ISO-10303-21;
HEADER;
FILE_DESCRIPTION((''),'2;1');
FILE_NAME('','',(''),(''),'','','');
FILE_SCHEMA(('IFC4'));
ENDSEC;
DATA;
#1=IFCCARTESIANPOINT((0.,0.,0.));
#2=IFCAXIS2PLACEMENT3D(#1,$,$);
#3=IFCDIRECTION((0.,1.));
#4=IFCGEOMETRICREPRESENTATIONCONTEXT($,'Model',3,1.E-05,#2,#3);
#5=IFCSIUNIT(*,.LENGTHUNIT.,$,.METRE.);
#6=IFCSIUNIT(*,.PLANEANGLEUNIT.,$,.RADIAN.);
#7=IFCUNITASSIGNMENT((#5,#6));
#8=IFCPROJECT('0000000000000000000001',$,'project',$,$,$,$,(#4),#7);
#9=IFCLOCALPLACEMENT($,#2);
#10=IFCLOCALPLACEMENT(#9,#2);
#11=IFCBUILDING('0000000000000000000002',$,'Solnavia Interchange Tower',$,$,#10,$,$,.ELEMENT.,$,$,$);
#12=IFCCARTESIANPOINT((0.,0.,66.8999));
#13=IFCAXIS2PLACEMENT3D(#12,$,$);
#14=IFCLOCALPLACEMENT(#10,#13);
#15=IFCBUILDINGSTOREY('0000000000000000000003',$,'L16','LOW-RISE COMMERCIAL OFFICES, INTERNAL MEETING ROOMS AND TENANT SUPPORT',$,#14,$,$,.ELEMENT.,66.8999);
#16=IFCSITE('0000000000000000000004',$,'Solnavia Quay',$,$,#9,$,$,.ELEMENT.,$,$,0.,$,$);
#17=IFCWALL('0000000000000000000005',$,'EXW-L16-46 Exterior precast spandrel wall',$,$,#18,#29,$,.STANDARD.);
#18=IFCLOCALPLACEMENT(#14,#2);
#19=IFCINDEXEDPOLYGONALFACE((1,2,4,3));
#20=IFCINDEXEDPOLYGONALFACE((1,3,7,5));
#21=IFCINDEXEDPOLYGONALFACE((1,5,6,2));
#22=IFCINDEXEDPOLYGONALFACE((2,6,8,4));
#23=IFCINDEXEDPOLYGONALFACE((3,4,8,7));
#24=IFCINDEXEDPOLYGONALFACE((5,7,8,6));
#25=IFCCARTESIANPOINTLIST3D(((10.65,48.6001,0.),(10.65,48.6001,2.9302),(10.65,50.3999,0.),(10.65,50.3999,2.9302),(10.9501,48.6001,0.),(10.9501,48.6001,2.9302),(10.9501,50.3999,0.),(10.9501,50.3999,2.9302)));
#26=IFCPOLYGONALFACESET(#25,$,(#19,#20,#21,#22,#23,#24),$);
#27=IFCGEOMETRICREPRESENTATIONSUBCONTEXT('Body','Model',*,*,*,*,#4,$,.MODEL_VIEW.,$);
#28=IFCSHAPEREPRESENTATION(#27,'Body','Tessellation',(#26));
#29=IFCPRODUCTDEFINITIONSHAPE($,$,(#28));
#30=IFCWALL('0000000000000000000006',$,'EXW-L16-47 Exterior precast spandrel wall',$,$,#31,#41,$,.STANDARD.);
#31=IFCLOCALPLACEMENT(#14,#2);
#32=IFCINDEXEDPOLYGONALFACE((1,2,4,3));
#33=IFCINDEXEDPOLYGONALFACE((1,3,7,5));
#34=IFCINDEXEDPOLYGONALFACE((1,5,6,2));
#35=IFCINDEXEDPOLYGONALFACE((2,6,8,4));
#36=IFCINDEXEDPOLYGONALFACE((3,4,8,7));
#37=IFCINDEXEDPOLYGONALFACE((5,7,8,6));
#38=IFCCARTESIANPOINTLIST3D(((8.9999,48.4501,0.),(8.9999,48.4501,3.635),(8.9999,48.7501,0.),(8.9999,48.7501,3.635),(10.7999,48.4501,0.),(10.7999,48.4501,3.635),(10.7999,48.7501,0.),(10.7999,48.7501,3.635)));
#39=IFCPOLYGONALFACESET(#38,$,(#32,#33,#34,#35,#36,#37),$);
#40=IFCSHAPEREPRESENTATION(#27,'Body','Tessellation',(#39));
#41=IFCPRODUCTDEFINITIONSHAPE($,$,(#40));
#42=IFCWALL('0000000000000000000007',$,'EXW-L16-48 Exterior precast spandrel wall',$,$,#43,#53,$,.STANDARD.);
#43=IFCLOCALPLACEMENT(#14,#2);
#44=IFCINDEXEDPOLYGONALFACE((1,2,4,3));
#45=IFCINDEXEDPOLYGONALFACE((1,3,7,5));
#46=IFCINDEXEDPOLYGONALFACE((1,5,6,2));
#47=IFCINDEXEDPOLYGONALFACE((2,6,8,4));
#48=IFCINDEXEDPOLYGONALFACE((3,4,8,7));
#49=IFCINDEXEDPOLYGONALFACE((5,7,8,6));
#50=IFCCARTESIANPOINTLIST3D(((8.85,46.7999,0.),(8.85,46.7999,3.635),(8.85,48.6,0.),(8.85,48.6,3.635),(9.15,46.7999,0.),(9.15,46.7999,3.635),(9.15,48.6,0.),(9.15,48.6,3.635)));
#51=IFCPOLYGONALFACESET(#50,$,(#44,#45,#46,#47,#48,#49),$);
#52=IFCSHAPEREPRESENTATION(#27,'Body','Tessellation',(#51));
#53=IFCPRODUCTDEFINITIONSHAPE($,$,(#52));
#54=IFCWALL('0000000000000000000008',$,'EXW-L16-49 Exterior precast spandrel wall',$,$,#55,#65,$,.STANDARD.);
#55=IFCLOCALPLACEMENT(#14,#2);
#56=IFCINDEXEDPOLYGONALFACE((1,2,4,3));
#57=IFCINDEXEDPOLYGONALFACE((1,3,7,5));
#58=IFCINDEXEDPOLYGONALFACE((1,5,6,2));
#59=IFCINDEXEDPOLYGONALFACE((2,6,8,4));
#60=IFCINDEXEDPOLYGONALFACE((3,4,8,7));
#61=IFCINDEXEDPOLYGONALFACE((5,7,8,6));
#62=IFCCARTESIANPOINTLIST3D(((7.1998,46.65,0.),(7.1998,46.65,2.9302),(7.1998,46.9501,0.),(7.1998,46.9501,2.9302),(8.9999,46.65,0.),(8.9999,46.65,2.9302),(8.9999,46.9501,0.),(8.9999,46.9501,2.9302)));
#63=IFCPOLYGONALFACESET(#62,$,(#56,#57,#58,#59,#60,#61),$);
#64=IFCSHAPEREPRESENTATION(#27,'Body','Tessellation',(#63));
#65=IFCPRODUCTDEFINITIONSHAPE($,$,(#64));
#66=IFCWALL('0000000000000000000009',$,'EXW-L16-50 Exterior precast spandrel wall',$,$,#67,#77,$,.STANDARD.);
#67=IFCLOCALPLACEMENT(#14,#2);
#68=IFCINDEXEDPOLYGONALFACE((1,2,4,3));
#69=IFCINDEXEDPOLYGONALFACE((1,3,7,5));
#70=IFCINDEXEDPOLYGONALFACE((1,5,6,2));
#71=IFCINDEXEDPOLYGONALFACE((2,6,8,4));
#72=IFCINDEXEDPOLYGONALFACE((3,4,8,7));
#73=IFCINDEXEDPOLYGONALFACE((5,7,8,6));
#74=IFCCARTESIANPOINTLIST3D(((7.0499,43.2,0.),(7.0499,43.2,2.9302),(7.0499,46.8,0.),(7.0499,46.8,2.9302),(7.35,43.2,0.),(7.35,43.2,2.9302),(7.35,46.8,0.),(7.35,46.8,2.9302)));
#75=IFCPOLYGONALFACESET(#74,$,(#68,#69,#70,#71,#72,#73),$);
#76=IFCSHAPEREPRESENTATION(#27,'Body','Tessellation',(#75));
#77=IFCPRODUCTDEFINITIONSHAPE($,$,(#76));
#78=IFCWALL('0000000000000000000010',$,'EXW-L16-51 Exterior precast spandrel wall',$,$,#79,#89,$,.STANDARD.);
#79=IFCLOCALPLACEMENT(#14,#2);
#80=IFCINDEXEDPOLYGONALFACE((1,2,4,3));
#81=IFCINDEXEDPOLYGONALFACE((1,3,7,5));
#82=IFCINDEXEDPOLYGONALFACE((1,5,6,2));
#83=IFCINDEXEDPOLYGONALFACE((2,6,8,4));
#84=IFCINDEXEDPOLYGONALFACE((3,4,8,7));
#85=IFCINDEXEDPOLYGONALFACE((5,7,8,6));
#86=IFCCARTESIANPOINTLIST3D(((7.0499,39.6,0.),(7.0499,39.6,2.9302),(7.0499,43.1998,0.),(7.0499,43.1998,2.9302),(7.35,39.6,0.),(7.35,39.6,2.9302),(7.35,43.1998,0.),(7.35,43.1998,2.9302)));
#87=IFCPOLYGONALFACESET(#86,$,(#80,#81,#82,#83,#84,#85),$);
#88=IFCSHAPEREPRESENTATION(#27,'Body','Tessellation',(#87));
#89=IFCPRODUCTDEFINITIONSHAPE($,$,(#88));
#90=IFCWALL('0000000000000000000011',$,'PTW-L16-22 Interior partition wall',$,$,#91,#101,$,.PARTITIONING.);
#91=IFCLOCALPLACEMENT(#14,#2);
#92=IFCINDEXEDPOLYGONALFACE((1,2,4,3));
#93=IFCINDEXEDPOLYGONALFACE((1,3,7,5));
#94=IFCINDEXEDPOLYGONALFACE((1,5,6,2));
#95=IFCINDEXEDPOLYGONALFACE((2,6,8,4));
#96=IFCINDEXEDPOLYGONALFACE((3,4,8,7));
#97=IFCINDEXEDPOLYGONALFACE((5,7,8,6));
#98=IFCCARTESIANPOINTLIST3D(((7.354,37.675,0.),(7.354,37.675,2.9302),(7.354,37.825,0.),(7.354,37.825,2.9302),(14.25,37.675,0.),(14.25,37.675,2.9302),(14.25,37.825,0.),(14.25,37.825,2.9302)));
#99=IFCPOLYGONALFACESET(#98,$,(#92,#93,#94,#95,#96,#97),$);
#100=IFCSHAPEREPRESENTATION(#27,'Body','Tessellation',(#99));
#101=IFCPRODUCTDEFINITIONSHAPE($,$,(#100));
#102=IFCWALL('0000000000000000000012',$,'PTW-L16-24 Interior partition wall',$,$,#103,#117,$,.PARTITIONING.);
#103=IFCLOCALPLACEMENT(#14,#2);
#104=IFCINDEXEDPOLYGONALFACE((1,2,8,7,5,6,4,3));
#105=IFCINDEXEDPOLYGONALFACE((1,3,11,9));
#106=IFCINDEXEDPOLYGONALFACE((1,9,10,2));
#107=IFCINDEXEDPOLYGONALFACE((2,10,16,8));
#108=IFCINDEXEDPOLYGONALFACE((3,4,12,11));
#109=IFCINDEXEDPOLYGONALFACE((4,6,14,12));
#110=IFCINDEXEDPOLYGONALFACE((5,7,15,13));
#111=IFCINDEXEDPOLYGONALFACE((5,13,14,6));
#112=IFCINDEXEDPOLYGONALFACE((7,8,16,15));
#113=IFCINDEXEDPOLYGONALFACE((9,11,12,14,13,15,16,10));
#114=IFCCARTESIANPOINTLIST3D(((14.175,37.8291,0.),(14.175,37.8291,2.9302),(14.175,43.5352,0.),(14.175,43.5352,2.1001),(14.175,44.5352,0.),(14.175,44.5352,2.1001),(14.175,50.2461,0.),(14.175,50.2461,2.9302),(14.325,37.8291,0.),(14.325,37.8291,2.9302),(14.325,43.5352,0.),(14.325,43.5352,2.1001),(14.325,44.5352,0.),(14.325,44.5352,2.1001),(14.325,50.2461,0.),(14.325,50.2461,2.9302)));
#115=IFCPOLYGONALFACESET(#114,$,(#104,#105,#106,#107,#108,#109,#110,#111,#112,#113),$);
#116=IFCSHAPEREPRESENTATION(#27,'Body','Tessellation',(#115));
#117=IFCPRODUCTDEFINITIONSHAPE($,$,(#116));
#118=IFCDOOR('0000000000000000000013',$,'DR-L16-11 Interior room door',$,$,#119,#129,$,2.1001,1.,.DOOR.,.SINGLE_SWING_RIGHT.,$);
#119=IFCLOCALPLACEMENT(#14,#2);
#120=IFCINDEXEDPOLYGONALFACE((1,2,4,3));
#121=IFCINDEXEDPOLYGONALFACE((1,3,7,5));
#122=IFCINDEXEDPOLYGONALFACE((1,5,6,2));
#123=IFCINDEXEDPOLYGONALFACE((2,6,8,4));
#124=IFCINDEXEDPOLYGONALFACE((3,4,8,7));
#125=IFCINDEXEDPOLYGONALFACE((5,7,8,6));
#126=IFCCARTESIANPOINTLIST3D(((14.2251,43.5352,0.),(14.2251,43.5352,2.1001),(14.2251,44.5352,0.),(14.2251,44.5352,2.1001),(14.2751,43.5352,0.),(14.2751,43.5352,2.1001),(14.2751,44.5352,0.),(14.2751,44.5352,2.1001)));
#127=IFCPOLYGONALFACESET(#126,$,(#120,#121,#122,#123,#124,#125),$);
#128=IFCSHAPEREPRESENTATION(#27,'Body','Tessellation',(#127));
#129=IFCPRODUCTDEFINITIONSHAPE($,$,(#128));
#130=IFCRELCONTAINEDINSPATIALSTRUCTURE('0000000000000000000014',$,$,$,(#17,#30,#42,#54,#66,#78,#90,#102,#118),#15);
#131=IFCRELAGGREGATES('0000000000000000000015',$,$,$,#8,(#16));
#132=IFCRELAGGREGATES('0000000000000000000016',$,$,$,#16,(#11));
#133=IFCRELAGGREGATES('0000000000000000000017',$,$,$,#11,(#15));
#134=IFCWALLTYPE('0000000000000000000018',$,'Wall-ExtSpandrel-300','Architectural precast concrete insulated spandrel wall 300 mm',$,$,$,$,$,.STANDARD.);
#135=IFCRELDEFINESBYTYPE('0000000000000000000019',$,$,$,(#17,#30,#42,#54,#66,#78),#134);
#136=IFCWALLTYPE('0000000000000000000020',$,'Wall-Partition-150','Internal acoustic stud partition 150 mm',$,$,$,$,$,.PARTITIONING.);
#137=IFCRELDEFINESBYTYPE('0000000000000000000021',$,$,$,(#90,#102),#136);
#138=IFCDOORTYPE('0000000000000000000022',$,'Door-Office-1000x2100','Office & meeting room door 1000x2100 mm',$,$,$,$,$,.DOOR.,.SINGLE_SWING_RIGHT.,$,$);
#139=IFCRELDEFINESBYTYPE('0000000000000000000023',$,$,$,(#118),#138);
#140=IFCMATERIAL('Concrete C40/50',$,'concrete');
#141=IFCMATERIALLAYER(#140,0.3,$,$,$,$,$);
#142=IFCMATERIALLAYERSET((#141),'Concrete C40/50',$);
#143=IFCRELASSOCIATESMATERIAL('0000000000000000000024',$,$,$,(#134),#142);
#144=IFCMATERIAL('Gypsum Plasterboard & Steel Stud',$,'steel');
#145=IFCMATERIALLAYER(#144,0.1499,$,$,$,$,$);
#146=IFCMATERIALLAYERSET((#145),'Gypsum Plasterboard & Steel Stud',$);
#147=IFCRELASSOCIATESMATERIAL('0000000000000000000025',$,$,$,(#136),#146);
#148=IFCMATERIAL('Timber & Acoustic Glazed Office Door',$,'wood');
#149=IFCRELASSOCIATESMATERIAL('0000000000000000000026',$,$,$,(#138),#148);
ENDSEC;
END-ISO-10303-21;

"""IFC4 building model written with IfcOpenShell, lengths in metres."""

from ifc_helpers import new_model, si_unit, direction, frame, frame_2d, origin, place, context, subcontext, project, spatial, rectangle, extrude, material, layer, layer_set, type_object, element, fill, save


model = new_model("IFC4")

# Units and contexts
model_context = context("Model", 3, precision=1e-05, world=origin(), true_north=direction((0.0, 1.0)))
body_context = subcontext(model_context, "Body", "Model", "MODEL_VIEW")
ifc_project = project(units=[si_unit("LENGTHUNIT", "METRE"), si_unit("PLANEANGLEUNIT", "RADIAN")], contexts=[model_context])

# Site, building, storey
site_placement = place(None, origin())
site = spatial("IfcSite", under=ifc_project, at=site_placement, Name="Solnavia Quay", CompositionType="ELEMENT", RefElevation=0.0)
building_placement = place(site_placement, origin())
building = spatial("IfcBuilding", under=site, at=building_placement, Name="Solnavia Interchange Tower", CompositionType="ELEMENT")
storey_placement = place(building_placement, frame((0.0, 0.0, 66.8999)))
storey = spatial("IfcBuildingStorey", under=building, at=storey_placement, Name="L16", Description="LOW-RISE COMMERCIAL OFFICES, INTERNAL MEETING ROOMS AND TENANT SUPPORT", CompositionType="ELEMENT", Elevation=66.8999)

# Walls
ifc_material_1 = material(Name="Concrete C40/50", Category="concrete")
ifc_layer_1 = layer(ifc_material_1, 0.3)
ifc_layer_set_1 = layer_set([ifc_layer_1], Name="Concrete C40/50")
wall_type_1 = type_object("IfcWallType", Name="Wall-ExtSpandrel-300", Description="Architectural precast concrete insulated spandrel wall 300 mm", PredefinedType="STANDARD", material=ifc_layer_set_1)
wall_1_placement = place(storey_placement, frame((10.8, 48.6001, 0.0), z_axis=(0.0, 0.0, 1.0), x_axis=(0.0, 1.0, 0.0)))
element("IfcWall", 1, at=wall_1_placement, inside=storey, type_object=wall_type_1, Name="EXW-L16-46 Exterior precast spandrel wall", PredefinedType="STANDARD", context=body_context, shape_type="SweptSolid", body=[
    extrude(rectangle(XDim=1.7998, YDim=0.3, at=frame_2d((0.8999, 0.0))), origin(), (0.0, 0.0, 1.0), 2.9302),
])
for number, where, z_axis, x_axis, name in (
    (2, (9.0, 48.6001, 0.0), (0.0, 0.0, 1.0), (1.0, 0.0, 0.0), "EXW-L16-47 Exterior precast spandrel wall"),
    (3, (9.0, 46.8, 0.0), (0.0, 0.0, 1.0), (0.0, 1.0, 0.0), "EXW-L16-48 Exterior precast spandrel wall"),
):
    element("IfcWall", number, at=place(storey_placement, frame(where, z_axis=z_axis, x_axis=x_axis)), inside=storey, type_object=wall_type_1, Name=name, PredefinedType="STANDARD", context=body_context, shape_type="SweptSolid", body=[
        extrude(rectangle(XDim=1.8, YDim=0.3, at=frame_2d((0.8999, 0.0))), origin(), (0.0, 0.0, 1.0), 3.635),
    ])
wall_2_placement = place(storey_placement, frame((7.2, 46.8, 0.0), z_axis=(0.0, 0.0, 1.0), x_axis=(1.0, 0.0, 0.0)))
element("IfcWall", 4, at=wall_2_placement, inside=storey, type_object=wall_type_1, Name="EXW-L16-49 Exterior precast spandrel wall", PredefinedType="STANDARD", context=body_context, shape_type="SweptSolid", body=[
    extrude(rectangle(XDim=1.8, YDim=0.3, at=frame_2d((0.8999, 0.0))), origin(), (0.0, 0.0, 1.0), 2.9302),
])
wall_3_placement = place(storey_placement, frame((7.2, 43.2, 0.0), z_axis=(0.0, 0.0, 1.0), x_axis=(0.0, 1.0, 0.0)))
element("IfcWall", 5, at=wall_3_placement, inside=storey, type_object=wall_type_1, Name="EXW-L16-50 Exterior precast spandrel wall", PredefinedType="STANDARD", context=body_context, shape_type="SweptSolid", body=[
    extrude(rectangle(XDim=3.6001, YDim=0.3, at=frame_2d((1.8, 0.0))), origin(), (0.0, 0.0, 1.0), 2.9302),
])
wall_4_placement = place(storey_placement, frame((7.2, 39.6001, 0.0), z_axis=(0.0, 0.0, 1.0), x_axis=(0.0, 1.0, 0.0)))
element("IfcWall", 6, at=wall_4_placement, inside=storey, type_object=wall_type_1, Name="EXW-L16-51 Exterior precast spandrel wall", PredefinedType="STANDARD", context=body_context, shape_type="SweptSolid", body=[
    extrude(rectangle(XDim=3.5999, YDim=0.3, at=frame_2d((1.7998, 0.0))), origin(), (0.0, 0.0, 1.0), 2.9302),
])
ifc_material_2 = material(Name="Gypsum Plasterboard & Steel Stud", Category="steel")
ifc_layer_2 = layer(ifc_material_2, 0.1499)
ifc_layer_set_2 = layer_set([ifc_layer_2], Name="Gypsum Plasterboard & Steel Stud")
wall_type_2 = type_object("IfcWallType", Name="Wall-Partition-150", Description="Internal acoustic stud partition 150 mm", PredefinedType="PARTITIONING", material=ifc_layer_set_2)
wall_5_placement = place(storey_placement, frame((7.354, 37.75, 0.0), z_axis=(0.0, 0.0, 1.0), x_axis=(1.0, 0.0, 0.0)))
element("IfcWall", 7, at=wall_5_placement, inside=storey, type_object=wall_type_2, Name="PTW-L16-22 Interior partition wall", PredefinedType="PARTITIONING", context=body_context, shape_type="SweptSolid", body=[
    extrude(rectangle(XDim=6.896, YDim=0.1499, at=frame_2d((3.448, 0.0))), origin(), (0.0, 0.0, 1.0), 2.9302),
])

# Wall, opening, door
wall_6_placement = place(storey_placement, frame((14.25, 37.8291, 0.0), z_axis=(0.0, 0.0, 1.0), x_axis=(0.0, 1.0, 0.0)))
wall_6 = element("IfcWall", 8, at=wall_6_placement, inside=storey, type_object=wall_type_2, Name="PTW-L16-24 Interior partition wall", PredefinedType="PARTITIONING", context=body_context, shape_type="SweptSolid", body=[
    extrude(rectangle(XDim=12.417, YDim=0.1499, at=frame_2d((6.2085, 0.0))), origin(), (0.0, 0.0, 1.0), 2.9302),
])
opening_placement = place(wall_6_placement, frame((5.7061, 0.0, 0.0)))
opening = element("IfcOpeningElement", 9, at=opening_placement, cuts=wall_6, PredefinedType="OPENING", context=body_context, shape_type="SweptSolid", body=[
    extrude(rectangle(XDim=1.0, YDim=2.1001, at=frame_2d((0.5, 1.05))), frame((0.0, 0.085, 0.0), z_axis=(0.0, -1.0, 0.0), x_axis=(1.0, 0.0, 0.0)), (0.0, 0.0, 1.0), 0.1699),
])
ifc_material_3 = material(Name="Timber & Acoustic Glazed Office Door", Category="wood")
door_type = type_object("IfcDoorType", Name="Door-Office-1000x2100", Description="Office & meeting room door 1000x2100 mm", OperationType="SINGLE_SWING_RIGHT", PredefinedType="DOOR", material=ifc_material_3)
door_placement = place(opening_placement, origin())
door = element("IfcDoor", 10, at=door_placement, inside=storey, type_object=door_type, Name="DR-L16-11 Interior room door", OperationType="SINGLE_SWING_RIGHT", OverallHeight=2.1001, OverallWidth=1.0, PredefinedType="DOOR", context=body_context, shape_type="SweptSolid", body=[
    extrude(rectangle(XDim=1.0, YDim=2.1001, at=frame_2d((0.5, 1.05))), frame((0.0, 0.0249, 0.0), z_axis=(0.0, -1.0, 0.0), x_axis=(1.0, 0.0, 0.0)), (0.0, 0.0, 1.0), 0.05),
])
fill(opening, door)

save(model, "model.ifc")
